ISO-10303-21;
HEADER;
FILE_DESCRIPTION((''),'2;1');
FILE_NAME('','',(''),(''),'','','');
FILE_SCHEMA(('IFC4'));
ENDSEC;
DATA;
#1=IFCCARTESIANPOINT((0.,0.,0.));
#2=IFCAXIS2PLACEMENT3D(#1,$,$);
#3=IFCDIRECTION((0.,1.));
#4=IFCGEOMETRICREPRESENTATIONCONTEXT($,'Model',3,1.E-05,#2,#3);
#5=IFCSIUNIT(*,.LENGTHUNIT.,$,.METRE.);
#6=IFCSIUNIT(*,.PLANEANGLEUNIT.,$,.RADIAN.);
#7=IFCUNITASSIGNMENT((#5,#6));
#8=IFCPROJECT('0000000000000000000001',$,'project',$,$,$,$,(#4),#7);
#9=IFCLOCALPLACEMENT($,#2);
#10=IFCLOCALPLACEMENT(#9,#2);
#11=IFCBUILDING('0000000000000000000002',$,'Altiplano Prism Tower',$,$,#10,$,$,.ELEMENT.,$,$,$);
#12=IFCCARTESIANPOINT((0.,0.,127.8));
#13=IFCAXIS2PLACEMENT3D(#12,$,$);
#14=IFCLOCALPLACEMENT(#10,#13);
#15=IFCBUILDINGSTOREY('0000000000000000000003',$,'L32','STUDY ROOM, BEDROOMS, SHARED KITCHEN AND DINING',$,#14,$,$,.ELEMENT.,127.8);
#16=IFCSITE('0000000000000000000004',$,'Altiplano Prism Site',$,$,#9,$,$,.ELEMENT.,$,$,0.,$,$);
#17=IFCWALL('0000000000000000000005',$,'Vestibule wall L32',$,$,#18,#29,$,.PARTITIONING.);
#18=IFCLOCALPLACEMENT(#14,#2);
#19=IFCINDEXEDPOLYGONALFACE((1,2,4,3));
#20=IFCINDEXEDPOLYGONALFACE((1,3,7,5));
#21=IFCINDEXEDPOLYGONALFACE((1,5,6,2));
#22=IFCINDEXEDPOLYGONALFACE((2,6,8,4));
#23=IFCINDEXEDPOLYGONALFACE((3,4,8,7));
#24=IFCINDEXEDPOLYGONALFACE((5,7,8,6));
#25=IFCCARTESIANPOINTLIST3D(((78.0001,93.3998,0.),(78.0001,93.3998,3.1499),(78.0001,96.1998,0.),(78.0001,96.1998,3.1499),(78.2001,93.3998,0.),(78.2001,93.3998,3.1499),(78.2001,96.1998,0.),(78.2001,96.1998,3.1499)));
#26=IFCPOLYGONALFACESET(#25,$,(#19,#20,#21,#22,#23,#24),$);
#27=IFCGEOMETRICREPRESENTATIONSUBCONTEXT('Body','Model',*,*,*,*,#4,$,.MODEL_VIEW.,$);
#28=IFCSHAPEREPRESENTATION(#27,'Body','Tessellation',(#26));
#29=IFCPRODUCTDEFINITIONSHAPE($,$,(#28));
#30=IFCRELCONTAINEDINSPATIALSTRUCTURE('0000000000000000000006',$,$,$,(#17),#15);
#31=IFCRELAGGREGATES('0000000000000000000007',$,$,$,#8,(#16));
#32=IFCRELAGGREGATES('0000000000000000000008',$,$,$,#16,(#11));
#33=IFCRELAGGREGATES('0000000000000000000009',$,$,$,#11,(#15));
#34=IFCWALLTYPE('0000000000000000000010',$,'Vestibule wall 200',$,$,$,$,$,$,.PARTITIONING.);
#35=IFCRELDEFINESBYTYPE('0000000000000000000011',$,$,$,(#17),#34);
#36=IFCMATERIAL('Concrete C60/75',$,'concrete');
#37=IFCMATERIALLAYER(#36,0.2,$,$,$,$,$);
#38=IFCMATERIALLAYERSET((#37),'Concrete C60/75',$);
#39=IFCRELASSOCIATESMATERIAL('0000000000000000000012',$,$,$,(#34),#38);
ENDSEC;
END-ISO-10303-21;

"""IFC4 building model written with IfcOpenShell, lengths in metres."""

from ifc_helpers import new_model, si_unit, direction, frame, frame_2d, origin, place, context, subcontext, project, spatial, rectangle, extrude, material, layer, layer_set, type_object, element, save


model = new_model("IFC4")

# Units and contexts
model_context = context("Model", 3, precision=1e-05, world=origin(), true_north=direction((0.0, 1.0)))
body_context = subcontext(model_context, "Body", "Model", "MODEL_VIEW")
ifc_project = project(units=[si_unit("LENGTHUNIT", "METRE"), si_unit("PLANEANGLEUNIT", "RADIAN")], contexts=[model_context])

# Site, building, storey
site_placement = place(None, origin())
site = spatial("IfcSite", under=ifc_project, at=site_placement, Name="Altiplano Prism Site", CompositionType="ELEMENT", RefElevation=0.0)
building_placement = place(site_placement, origin())
building = spatial("IfcBuilding", under=site, at=building_placement, Name="Altiplano Prism Tower", CompositionType="ELEMENT")
storey_placement = place(building_placement, frame((0.0, 0.0, 127.8)))
storey = spatial("IfcBuildingStorey", under=building, at=storey_placement, Name="L32", Description="STUDY ROOM, BEDROOMS, SHARED KITCHEN AND DINING", CompositionType="ELEMENT", Elevation=127.8)

# Shared definitions
ifc_material_1 = material(Name="Concrete C60/75", Category="concrete")

# Wall
ifc_layer_1 = layer(ifc_material_1, 0.2)
ifc_layer_set_1 = layer_set([ifc_layer_1], Name="Concrete C60/75")
wall_type_1 = type_object("IfcWallType", Name="Vestibule wall 200", PredefinedType="PARTITIONING", material=ifc_layer_set_1)
wall_1_placement = place(storey_placement, frame((78.1001, 93.3999, 0.0), z_axis=(0.0, 0.0, 1.0), x_axis=(0.0, 1.0, 0.0)))
element("IfcWall", 1, at=wall_1_placement, inside=storey, type_object=wall_type_1, Name="Vestibule wall L32", PredefinedType="PARTITIONING", context=body_context, shape_type="SweptSolid", body=[
    extrude(rectangle(XDim=2.8, YDim=0.2, at=frame_2d((1.3999, 0.0))), origin(), (0.0, 0.0, 1.0), 3.1499),
])

save(model, "model.ifc")
